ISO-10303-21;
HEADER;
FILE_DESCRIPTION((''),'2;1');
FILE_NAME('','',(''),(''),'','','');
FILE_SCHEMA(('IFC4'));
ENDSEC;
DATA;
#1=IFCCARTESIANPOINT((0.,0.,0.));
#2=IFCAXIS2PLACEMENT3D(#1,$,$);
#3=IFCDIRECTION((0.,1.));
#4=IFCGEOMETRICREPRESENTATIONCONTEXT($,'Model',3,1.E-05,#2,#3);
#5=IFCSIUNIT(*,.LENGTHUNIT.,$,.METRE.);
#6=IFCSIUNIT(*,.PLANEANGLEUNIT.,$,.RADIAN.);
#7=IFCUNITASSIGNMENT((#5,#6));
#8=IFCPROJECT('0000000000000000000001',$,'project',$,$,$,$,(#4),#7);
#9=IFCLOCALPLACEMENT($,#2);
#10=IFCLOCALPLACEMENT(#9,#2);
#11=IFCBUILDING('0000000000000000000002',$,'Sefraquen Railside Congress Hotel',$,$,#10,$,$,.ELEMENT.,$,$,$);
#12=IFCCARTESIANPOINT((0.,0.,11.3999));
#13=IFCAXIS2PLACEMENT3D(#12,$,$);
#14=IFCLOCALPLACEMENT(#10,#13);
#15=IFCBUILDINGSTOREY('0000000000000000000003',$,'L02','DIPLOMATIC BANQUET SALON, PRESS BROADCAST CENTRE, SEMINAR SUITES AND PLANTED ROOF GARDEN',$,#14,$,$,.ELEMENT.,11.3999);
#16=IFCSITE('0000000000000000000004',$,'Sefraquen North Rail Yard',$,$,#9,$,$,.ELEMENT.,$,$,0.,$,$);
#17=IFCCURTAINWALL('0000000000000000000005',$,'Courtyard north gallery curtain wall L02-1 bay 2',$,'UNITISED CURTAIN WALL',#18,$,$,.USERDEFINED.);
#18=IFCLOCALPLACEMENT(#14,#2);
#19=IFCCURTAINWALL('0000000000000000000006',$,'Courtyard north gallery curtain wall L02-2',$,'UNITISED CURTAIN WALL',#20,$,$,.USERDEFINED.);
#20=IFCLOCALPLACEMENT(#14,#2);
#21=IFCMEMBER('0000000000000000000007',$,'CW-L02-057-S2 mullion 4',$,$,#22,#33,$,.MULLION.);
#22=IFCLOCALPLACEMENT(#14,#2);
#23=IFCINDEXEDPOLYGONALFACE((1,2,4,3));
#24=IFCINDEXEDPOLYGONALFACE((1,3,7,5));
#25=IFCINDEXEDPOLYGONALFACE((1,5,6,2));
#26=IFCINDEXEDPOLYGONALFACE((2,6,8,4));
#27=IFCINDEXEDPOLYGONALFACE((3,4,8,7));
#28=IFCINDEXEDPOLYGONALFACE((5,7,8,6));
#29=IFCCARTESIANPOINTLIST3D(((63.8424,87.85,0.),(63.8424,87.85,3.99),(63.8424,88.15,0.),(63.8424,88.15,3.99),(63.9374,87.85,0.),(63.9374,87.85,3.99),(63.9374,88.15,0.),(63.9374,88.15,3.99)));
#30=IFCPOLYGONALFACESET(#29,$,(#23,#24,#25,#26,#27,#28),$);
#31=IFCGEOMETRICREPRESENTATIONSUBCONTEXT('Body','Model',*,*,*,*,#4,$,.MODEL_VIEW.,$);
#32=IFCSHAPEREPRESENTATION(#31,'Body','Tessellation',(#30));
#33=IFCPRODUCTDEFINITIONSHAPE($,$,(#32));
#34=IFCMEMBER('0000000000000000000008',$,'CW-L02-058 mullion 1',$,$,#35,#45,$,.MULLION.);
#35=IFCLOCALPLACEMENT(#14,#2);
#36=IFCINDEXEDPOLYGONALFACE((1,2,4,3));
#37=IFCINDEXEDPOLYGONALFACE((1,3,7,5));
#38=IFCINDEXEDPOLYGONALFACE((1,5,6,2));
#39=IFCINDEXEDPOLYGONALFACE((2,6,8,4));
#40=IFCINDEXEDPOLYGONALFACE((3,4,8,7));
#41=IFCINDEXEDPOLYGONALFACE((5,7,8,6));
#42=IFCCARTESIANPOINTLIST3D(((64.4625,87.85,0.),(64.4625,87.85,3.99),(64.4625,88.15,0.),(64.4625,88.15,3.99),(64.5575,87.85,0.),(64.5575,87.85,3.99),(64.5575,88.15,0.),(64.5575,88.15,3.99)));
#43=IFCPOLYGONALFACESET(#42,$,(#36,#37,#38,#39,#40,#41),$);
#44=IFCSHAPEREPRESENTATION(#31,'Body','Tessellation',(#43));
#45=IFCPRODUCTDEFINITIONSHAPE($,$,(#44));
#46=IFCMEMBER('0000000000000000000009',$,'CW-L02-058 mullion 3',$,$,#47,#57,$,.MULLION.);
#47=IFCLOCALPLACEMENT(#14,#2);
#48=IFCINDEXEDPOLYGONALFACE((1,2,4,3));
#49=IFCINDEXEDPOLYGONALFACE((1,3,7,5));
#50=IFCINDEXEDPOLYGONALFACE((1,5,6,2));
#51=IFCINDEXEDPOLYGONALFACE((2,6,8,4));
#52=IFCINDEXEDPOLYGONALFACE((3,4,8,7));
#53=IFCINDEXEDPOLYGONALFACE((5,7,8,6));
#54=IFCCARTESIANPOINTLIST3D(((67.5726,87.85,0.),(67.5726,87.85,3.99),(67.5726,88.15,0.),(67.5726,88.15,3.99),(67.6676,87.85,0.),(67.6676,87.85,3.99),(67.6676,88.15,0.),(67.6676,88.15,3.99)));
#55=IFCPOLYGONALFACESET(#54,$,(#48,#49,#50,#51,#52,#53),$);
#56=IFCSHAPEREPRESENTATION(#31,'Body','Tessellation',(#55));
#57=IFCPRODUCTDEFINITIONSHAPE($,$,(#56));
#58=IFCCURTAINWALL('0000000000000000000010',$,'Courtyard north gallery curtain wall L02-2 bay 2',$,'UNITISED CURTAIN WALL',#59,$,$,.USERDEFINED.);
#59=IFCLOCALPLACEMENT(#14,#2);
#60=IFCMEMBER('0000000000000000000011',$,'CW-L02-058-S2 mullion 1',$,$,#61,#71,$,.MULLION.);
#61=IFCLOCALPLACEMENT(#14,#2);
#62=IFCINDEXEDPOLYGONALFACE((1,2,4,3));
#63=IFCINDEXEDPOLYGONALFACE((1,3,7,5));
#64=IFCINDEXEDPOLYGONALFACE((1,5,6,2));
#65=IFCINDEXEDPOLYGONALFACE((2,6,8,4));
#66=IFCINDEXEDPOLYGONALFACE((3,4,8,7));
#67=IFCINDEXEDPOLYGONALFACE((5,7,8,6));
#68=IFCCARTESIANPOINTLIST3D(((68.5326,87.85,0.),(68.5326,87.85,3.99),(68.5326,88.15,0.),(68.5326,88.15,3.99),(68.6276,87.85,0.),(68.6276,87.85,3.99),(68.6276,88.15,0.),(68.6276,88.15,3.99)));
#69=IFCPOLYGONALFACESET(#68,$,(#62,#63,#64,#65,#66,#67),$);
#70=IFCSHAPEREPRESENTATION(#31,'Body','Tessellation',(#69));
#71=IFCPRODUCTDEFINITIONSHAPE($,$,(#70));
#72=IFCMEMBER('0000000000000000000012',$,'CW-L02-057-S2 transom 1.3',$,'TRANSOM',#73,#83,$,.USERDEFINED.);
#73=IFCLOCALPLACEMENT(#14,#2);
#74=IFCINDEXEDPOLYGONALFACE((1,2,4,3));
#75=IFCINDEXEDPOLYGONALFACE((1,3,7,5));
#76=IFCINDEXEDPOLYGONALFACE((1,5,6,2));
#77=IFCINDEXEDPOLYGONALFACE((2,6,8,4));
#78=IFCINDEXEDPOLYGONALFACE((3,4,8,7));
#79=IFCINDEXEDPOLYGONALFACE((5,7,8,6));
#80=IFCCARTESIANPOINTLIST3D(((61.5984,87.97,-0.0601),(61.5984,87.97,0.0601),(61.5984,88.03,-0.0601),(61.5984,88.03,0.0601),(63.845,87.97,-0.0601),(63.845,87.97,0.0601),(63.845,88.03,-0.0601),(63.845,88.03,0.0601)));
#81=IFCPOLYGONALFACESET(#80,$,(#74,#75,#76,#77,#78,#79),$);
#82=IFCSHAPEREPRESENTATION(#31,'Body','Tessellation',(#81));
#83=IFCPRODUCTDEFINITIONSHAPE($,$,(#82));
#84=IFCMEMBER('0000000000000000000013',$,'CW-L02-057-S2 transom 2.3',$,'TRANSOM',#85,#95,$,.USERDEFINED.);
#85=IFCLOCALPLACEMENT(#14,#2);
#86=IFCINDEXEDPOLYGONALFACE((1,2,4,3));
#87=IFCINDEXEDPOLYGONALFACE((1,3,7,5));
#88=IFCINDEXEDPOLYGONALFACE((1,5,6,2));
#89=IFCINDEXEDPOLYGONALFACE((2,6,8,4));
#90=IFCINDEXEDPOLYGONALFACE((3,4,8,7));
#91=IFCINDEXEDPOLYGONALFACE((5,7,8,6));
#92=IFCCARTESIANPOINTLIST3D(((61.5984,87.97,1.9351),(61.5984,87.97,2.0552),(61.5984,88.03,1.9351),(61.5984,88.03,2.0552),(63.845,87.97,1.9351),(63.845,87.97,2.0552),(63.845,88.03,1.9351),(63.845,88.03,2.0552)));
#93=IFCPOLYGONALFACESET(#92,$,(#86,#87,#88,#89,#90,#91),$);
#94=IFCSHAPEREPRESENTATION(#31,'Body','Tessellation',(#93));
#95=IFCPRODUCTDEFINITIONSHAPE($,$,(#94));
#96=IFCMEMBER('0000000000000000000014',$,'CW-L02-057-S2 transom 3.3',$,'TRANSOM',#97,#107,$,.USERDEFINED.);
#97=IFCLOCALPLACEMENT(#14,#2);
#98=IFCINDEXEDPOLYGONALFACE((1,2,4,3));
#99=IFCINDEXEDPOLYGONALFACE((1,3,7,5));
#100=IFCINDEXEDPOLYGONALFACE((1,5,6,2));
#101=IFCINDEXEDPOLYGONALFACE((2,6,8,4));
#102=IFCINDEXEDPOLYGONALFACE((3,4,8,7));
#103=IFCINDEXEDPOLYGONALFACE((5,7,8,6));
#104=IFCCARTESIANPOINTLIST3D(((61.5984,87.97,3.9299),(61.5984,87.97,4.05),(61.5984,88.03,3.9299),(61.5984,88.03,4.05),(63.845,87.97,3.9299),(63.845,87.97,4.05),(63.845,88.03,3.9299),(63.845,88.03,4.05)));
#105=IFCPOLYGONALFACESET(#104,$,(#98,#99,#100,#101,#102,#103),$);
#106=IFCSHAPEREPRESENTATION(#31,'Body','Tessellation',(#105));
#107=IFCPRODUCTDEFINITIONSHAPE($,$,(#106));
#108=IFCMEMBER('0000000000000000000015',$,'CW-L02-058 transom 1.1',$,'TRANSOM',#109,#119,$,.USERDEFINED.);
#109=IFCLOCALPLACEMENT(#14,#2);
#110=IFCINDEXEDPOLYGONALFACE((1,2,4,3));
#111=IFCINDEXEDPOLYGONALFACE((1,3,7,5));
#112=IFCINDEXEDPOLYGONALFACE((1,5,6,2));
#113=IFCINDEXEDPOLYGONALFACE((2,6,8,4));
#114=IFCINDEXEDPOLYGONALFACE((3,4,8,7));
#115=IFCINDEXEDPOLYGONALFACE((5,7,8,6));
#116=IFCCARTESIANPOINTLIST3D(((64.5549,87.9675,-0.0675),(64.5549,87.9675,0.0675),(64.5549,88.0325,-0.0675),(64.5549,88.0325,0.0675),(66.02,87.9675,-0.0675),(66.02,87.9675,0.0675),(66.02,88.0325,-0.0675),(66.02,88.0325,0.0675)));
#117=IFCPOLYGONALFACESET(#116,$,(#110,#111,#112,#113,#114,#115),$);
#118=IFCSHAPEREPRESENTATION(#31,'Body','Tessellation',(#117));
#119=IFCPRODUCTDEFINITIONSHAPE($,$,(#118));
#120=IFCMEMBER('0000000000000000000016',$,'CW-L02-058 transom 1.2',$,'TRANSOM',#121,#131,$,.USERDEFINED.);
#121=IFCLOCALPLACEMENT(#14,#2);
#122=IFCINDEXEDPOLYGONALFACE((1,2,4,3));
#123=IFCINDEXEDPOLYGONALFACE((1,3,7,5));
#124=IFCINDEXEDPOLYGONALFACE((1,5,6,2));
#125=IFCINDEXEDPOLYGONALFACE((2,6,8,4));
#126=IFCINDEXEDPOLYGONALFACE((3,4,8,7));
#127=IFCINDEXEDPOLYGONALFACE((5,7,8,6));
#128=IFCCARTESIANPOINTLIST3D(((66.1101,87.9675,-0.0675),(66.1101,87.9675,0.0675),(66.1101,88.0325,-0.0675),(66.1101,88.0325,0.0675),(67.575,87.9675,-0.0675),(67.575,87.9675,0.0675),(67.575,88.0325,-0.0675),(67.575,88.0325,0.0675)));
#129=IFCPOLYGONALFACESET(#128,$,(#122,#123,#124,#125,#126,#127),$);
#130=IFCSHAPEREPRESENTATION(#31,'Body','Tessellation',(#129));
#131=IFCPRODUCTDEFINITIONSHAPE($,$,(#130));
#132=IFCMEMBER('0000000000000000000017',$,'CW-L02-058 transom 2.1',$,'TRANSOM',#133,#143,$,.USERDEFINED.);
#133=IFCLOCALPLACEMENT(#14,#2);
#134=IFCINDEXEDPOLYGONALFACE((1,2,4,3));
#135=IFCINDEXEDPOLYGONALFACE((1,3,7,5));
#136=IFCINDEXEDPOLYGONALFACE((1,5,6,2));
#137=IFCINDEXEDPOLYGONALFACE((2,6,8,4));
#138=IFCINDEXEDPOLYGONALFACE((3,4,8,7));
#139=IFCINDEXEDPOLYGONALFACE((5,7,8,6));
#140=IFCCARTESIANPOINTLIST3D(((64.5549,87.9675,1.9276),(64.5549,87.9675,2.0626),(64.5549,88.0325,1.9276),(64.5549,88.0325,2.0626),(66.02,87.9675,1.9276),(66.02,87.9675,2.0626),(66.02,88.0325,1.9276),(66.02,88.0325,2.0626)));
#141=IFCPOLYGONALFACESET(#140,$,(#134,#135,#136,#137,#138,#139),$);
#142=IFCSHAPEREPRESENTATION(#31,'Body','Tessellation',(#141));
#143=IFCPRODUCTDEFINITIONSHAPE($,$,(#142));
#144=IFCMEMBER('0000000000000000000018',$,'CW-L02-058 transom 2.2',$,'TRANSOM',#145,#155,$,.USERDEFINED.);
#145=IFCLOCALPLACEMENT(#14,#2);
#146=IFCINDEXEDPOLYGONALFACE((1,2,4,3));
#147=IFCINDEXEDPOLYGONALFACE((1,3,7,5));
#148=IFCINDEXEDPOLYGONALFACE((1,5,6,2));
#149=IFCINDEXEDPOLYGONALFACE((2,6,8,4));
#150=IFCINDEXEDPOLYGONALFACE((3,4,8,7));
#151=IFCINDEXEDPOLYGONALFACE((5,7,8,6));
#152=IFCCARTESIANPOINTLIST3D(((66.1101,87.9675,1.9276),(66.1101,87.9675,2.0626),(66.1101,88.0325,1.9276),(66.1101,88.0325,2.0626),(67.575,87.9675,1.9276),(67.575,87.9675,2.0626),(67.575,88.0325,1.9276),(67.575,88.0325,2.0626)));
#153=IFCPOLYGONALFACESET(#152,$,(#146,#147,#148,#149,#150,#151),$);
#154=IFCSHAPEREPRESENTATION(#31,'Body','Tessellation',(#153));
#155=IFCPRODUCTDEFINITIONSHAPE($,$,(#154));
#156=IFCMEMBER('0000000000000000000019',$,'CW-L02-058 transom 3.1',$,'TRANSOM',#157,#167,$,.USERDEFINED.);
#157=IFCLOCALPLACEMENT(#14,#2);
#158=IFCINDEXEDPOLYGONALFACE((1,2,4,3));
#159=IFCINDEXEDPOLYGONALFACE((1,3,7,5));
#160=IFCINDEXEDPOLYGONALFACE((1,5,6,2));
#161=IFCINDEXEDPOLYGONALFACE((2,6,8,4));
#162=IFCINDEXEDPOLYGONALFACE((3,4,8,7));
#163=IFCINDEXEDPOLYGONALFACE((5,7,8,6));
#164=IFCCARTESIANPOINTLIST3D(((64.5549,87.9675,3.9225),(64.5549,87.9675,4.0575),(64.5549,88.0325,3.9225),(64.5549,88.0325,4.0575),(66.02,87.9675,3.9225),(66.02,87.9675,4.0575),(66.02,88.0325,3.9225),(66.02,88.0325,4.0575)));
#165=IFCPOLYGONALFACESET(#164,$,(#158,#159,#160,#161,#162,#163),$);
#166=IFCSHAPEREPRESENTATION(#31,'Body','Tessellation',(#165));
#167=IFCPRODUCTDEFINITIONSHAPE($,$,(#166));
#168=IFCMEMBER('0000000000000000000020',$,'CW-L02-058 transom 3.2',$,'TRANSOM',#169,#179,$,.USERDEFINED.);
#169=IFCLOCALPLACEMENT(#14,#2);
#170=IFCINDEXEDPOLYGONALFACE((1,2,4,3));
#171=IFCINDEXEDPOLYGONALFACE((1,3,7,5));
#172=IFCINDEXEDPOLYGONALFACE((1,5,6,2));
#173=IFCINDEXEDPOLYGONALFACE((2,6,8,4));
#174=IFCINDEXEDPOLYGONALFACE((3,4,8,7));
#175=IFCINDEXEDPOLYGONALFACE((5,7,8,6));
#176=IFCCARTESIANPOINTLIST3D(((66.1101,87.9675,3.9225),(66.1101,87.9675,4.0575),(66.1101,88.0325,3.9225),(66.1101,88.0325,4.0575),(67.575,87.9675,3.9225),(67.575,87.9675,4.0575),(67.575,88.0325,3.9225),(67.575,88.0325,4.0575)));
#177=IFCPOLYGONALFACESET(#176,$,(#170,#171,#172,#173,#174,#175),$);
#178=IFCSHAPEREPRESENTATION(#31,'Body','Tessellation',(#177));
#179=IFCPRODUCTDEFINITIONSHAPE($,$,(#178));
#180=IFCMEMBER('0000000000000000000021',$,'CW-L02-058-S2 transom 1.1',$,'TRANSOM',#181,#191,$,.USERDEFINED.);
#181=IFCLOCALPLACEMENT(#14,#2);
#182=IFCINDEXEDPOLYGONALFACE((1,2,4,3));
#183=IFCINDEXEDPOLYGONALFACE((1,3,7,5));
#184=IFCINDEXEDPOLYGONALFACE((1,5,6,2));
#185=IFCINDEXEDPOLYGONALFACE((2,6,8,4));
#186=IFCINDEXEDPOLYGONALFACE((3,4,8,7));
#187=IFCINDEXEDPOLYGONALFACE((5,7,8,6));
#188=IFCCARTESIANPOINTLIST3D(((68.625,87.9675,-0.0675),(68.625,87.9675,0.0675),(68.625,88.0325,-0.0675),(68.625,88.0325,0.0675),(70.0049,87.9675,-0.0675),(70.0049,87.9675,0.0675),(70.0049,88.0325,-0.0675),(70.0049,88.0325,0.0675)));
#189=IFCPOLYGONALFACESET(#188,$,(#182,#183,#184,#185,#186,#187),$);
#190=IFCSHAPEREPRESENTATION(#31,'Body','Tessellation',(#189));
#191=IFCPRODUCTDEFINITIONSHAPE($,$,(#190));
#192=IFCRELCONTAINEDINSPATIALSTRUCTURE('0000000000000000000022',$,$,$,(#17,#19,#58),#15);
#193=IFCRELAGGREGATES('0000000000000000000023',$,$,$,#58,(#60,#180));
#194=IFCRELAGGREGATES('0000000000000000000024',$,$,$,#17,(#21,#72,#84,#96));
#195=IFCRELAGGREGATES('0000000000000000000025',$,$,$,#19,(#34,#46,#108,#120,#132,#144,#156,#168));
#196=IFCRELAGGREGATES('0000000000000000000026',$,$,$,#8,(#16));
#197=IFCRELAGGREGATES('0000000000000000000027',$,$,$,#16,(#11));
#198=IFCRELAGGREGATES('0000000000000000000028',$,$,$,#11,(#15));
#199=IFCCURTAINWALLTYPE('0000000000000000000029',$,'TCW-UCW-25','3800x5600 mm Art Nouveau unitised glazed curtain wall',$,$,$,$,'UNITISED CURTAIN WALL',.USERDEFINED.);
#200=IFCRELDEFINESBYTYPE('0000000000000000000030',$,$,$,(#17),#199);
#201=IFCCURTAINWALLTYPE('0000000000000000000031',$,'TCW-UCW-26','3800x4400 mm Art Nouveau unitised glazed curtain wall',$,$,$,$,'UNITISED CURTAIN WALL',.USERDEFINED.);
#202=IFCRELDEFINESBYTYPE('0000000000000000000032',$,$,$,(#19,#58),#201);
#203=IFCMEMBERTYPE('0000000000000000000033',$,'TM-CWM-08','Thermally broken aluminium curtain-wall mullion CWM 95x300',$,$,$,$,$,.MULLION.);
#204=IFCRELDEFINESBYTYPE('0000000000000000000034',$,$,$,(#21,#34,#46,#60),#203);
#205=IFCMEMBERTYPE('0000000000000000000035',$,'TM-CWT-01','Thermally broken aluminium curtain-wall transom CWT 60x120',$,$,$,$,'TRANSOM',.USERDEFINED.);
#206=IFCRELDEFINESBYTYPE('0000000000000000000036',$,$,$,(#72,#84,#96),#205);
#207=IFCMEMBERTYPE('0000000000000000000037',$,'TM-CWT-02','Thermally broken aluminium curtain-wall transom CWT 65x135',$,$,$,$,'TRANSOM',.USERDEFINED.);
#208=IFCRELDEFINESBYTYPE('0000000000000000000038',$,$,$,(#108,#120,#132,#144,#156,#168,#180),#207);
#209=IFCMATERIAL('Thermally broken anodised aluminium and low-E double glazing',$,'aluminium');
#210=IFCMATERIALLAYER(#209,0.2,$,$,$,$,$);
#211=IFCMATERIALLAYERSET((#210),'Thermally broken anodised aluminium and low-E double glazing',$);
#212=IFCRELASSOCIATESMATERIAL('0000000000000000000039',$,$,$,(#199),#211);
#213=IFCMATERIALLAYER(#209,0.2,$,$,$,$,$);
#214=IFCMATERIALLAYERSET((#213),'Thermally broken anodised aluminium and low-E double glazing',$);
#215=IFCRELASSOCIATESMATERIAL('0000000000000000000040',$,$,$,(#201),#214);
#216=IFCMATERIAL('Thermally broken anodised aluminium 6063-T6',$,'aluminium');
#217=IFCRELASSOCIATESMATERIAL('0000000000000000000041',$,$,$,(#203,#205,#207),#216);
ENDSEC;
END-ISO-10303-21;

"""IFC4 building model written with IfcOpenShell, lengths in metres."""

from ifc_helpers import new_model, si_unit, direction, frame, origin, origin_2d, place, context, subcontext, project, spatial, rectangle, extrude, material, layer, layer_set, material_profile, profile_set, type_object, element, aggregate, save


model = new_model("IFC4")

# Units and contexts
model_context = context("Model", 3, precision=1e-05, world=origin(), true_north=direction((0.0, 1.0)))
body_context = subcontext(model_context, "Body", "Model", "MODEL_VIEW")
ifc_project = project(units=[si_unit("LENGTHUNIT", "METRE"), si_unit("PLANEANGLEUNIT", "RADIAN")], contexts=[model_context])

# Site, building, storey
site_placement = place(None, origin())
site = spatial("IfcSite", under=ifc_project, at=site_placement, Name="Sefraquen North Rail Yard", CompositionType="ELEMENT", RefElevation=0.0)
building_placement = place(site_placement, origin())
building = spatial("IfcBuilding", under=site, at=building_placement, Name="Sefraquen Railside Congress Hotel", CompositionType="ELEMENT")
storey_placement = place(building_placement, frame((0.0, 0.0, 11.3999)))
storey = spatial("IfcBuildingStorey", under=building, at=storey_placement, Name="L02", Description="DIPLOMATIC BANQUET SALON, PRESS BROADCAST CENTRE, SEMINAR SUITES AND PLANTED ROOF GARDEN", CompositionType="ELEMENT", Elevation=11.3999)

# Curtain walls
ifc_material_1 = material(Name="Thermally broken anodised aluminium and low-E double glazing", Category="aluminium")
ifc_layer_1 = layer(ifc_material_1, 0.2)
ifc_layer_set_1 = layer_set([ifc_layer_1], Name="Thermally broken anodised aluminium and low-E double glazing")
curtain_wall_type_1 = type_object("IfcCurtainWallType", Name="TCW-UCW-25", Description="3800x5600 mm Art Nouveau unitised glazed curtain wall", ElementType="UNITISED CURTAIN WALL", PredefinedType="USERDEFINED", material=ifc_layer_set_1)
curtain_wall_1_placement = place(storey_placement, origin())
curtain_wall_1 = element("IfcCurtainWall", 1, at=curtain_wall_1_placement, inside=storey, type_object=curtain_wall_type_1, Name="Courtyard north gallery curtain wall L02-1 bay 2", ObjectType="UNITISED CURTAIN WALL", PredefinedType="USERDEFINED")
ifc_material_2 = material(Name="Thermally broken anodised aluminium 6063-T6", Category="aluminium")
ifc_layer_2 = layer(ifc_material_1, 0.2)
ifc_layer_set_2 = layer_set([ifc_layer_2], Name="Thermally broken anodised aluminium and low-E double glazing")
curtain_wall_type_2 = type_object("IfcCurtainWallType", Name="TCW-UCW-26", Description="3800x4400 mm Art Nouveau unitised glazed curtain wall", ElementType="UNITISED CURTAIN WALL", PredefinedType="USERDEFINED", material=ifc_layer_set_2)
curtain_wall_2_placement = place(storey_placement, origin())
curtain_wall_2 = element("IfcCurtainWall", 2, at=curtain_wall_2_placement, inside=storey, type_object=curtain_wall_type_2, Name="Courtyard north gallery curtain wall L02-2", ObjectType="UNITISED CURTAIN WALL", PredefinedType="USERDEFINED")

# Members
ifc_material_profile_1 = material_profile(ifc_material_2, rectangle(XDim=0.095, YDim=0.3, at=origin_2d()), Name="CWM 95x300")
ifc_profile_set_1 = profile_set([ifc_material_profile_1], Name="Thermally broken anodised aluminium 6063-T6")
member_type_1 = type_object("IfcMemberType", Name="TM-CWM-08", Description="Thermally broken aluminium curtain-wall mullion CWM 95x300", PredefinedType="MULLION", material=ifc_profile_set_1)
member_1_placement = place(storey_placement, frame((63.8899, 88.0, 0.0), z_axis=(0.0, 0.0, 1.0), x_axis=(1.0, 0.0, 0.0)))
member_1 = element("IfcMember", 3, at=member_1_placement, type_object=member_type_1, Name="CW-L02-057-S2 mullion 4", PredefinedType="MULLION", context=body_context, shape_type="SweptSolid", body=[
    extrude(rectangle(XDim=0.095, YDim=0.3, at=origin_2d()), origin(), (0.0, 0.0, 1.0), 3.99),
])
member_2_placement = place(storey_placement, frame((64.51, 88.0, 0.0), z_axis=(0.0, 0.0, 1.0), x_axis=(1.0, 0.0, 0.0)))
member_2 = element("IfcMember", 4, at=member_2_placement, type_object=member_type_1, Name="CW-L02-058 mullion 1", PredefinedType="MULLION", context=body_context, shape_type="SweptSolid", body=[
    extrude(rectangle(XDim=0.095, YDim=0.3, at=origin_2d()), origin(), (0.0, 0.0, 1.0), 3.99),
])
member_3_placement = place(storey_placement, frame((67.6201, 88.0, 0.0), z_axis=(0.0, 0.0, 1.0), x_axis=(1.0, 0.0, 0.0)))
member_3 = element("IfcMember", 5, at=member_3_placement, type_object=member_type_1, Name="CW-L02-058 mullion 3", PredefinedType="MULLION", context=body_context, shape_type="SweptSolid", body=[
    extrude(rectangle(XDim=0.095, YDim=0.3, at=origin_2d()), origin(), (0.0, 0.0, 1.0), 3.99),
])

# Curtain wall, member
curtain_wall_3_placement = place(storey_placement, origin())
curtain_wall_3 = element("IfcCurtainWall", 6, at=curtain_wall_3_placement, inside=storey, type_object=curtain_wall_type_2, Name="Courtyard north gallery curtain wall L02-2 bay 2", ObjectType="UNITISED CURTAIN WALL", PredefinedType="USERDEFINED")
member_4_placement = place(storey_placement, frame((68.5801, 88.0, 0.0), z_axis=(0.0, 0.0, 1.0), x_axis=(1.0, 0.0, 0.0)))
member_4 = element("IfcMember", 7, at=member_4_placement, type_object=member_type_1, Name="CW-L02-058-S2 mullion 1", PredefinedType="MULLION", context=body_context, shape_type="SweptSolid", body=[
    extrude(rectangle(XDim=0.095, YDim=0.3, at=origin_2d()), origin(), (0.0, 0.0, 1.0), 3.99),
])

# Members
ifc_material_profile_2 = material_profile(ifc_material_2, rectangle(XDim=0.0601, YDim=0.1201, at=origin_2d()), Name="CWT 60x120")
ifc_profile_set_2 = profile_set([ifc_material_profile_2], Name="Thermally broken anodised aluminium 6063-T6")
member_type_2 = type_object("IfcMemberType", Name="TM-CWT-01", Description="Thermally broken aluminium curtain-wall transom CWT 60x120", ElementType="TRANSOM", PredefinedType="USERDEFINED", material=ifc_profile_set_2)
member_5_placement = place(storey_placement, frame((61.5984, 88.0, 0.0), z_axis=(1.0, 0.0, 0.0), x_axis=(0.0, 1.0, 0.0)))
member_5 = element("IfcMember", 8, at=member_5_placement, type_object=member_type_2, Name="CW-L02-057-S2 transom 1.3", ObjectType="TRANSOM", PredefinedType="USERDEFINED", context=body_context, shape_type="SweptSolid", body=[
    extrude(rectangle(XDim=0.0601, YDim=0.1201, at=origin_2d()), origin(), (0.0, 0.0, 1.0), 2.2466),
])
member_6_placement = place(storey_placement, frame((61.5984, 88.0, 1.9951), z_axis=(1.0, 0.0, 0.0), x_axis=(0.0, 1.0, 0.0)))
member_6 = element("IfcMember", 9, at=member_6_placement, type_object=member_type_2, Name="CW-L02-057-S2 transom 2.3", ObjectType="TRANSOM", PredefinedType="USERDEFINED", context=body_context, shape_type="SweptSolid", body=[
    extrude(rectangle(XDim=0.0601, YDim=0.1201, at=origin_2d()), origin(), (0.0, 0.0, 1.0), 2.2466),
])
member_7_placement = place(storey_placement, frame((61.5984, 88.0, 3.99), z_axis=(1.0, 0.0, 0.0), x_axis=(0.0, 1.0, 0.0)))
member_7 = element("IfcMember", 10, at=member_7_placement, type_object=member_type_2, Name="CW-L02-057-S2 transom 3.3", ObjectType="TRANSOM", PredefinedType="USERDEFINED", context=body_context, shape_type="SweptSolid", body=[
    extrude(rectangle(XDim=0.0601, YDim=0.1201, at=origin_2d()), origin(), (0.0, 0.0, 1.0), 2.2466),
])
ifc_material_profile_3 = material_profile(ifc_material_2, rectangle(XDim=0.0649, YDim=0.135, at=origin_2d()), Name="CWT 65x135")
ifc_profile_set_3 = profile_set([ifc_material_profile_3], Name="Thermally broken anodised aluminium 6063-T6")
member_type_3 = type_object("IfcMemberType", Name="TM-CWT-02", Description="Thermally broken aluminium curtain-wall transom CWT 65x135", ElementType="TRANSOM", PredefinedType="USERDEFINED", material=ifc_profile_set_3)
member_8_placement = place(storey_placement, frame((64.5549, 88.0, 0.0), z_axis=(1.0, 0.0, 0.0), x_axis=(0.0, 1.0, 0.0)))
member_8 = element("IfcMember", 11, at=member_8_placement, type_object=member_type_3, Name="CW-L02-058 transom 1.1", ObjectType="TRANSOM", PredefinedType="USERDEFINED", context=body_context, shape_type="SweptSolid", body=[
    extrude(rectangle(XDim=0.0649, YDim=0.135, at=origin_2d()), origin(), (0.0, 0.0, 1.0), 1.4651),
])
member_9_placement = place(storey_placement, frame((66.1101, 88.0, 0.0), z_axis=(1.0, 0.0, 0.0), x_axis=(0.0, 1.0, 0.0)))
member_9 = element("IfcMember", 12, at=member_9_placement, type_object=member_type_3, Name="CW-L02-058 transom 1.2", ObjectType="TRANSOM", PredefinedType="USERDEFINED", context=body_context, shape_type="SweptSolid", body=[
    extrude(rectangle(XDim=0.0649, YDim=0.135, at=origin_2d()), origin(), (0.0, 0.0, 1.0), 1.4648),
])
member_10_placement = place(storey_placement, frame((64.5549, 88.0, 1.9951), z_axis=(1.0, 0.0, 0.0), x_axis=(0.0, 1.0, 0.0)))
member_10 = element("IfcMember", 13, at=member_10_placement, type_object=member_type_3, Name="CW-L02-058 transom 2.1", ObjectType="TRANSOM", PredefinedType="USERDEFINED", context=body_context, shape_type="SweptSolid", body=[
    extrude(rectangle(XDim=0.0649, YDim=0.135, at=origin_2d()), origin(), (0.0, 0.0, 1.0), 1.4651),
])
member_11_placement = place(storey_placement, frame((66.1101, 88.0, 1.9951), z_axis=(1.0, 0.0, 0.0), x_axis=(0.0, 1.0, 0.0)))
member_11 = element("IfcMember", 14, at=member_11_placement, type_object=member_type_3, Name="CW-L02-058 transom 2.2", ObjectType="TRANSOM", PredefinedType="USERDEFINED", context=body_context, shape_type="SweptSolid", body=[
    extrude(rectangle(XDim=0.0649, YDim=0.135, at=origin_2d()), origin(), (0.0, 0.0, 1.0), 1.4648),
])
member_12_placement = place(storey_placement, frame((64.5549, 88.0, 3.99), z_axis=(1.0, 0.0, 0.0), x_axis=(0.0, 1.0, 0.0)))
member_12 = element("IfcMember", 15, at=member_12_placement, type_object=member_type_3, Name="CW-L02-058 transom 3.1", ObjectType="TRANSOM", PredefinedType="USERDEFINED", context=body_context, shape_type="SweptSolid", body=[
    extrude(rectangle(XDim=0.0649, YDim=0.135, at=origin_2d()), origin(), (0.0, 0.0, 1.0), 1.4651),
])
member_13_placement = place(storey_placement, frame((66.1101, 88.0, 3.99), z_axis=(1.0, 0.0, 0.0), x_axis=(0.0, 1.0, 0.0)))
member_13 = element("IfcMember", 16, at=member_13_placement, type_object=member_type_3, Name="CW-L02-058 transom 3.2", ObjectType="TRANSOM", PredefinedType="USERDEFINED", context=body_context, shape_type="SweptSolid", body=[
    extrude(rectangle(XDim=0.0649, YDim=0.135, at=origin_2d()), origin(), (0.0, 0.0, 1.0), 1.4648),
])
member_14_placement = place(storey_placement, frame((68.625, 88.0, 0.0), z_axis=(1.0, 0.0, 0.0), x_axis=(0.0, 1.0, 0.0)))
member_14 = element("IfcMember", 17, at=member_14_placement, type_object=member_type_3, Name="CW-L02-058-S2 transom 1.1", ObjectType="TRANSOM", PredefinedType="USERDEFINED", context=body_context, shape_type="SweptSolid", body=[
    extrude(rectangle(XDim=0.0649, YDim=0.135, at=origin_2d()), origin(), (0.0, 0.0, 1.0), 1.3799),
])
aggregate(curtain_wall_3, [member_4, member_14])

aggregate(curtain_wall_1, [member_1, member_5, member_6, member_7])
aggregate(curtain_wall_2, [member_2, member_3, member_8, member_9, member_10, member_11, member_12, member_13])

save(model, "model.ifc")
